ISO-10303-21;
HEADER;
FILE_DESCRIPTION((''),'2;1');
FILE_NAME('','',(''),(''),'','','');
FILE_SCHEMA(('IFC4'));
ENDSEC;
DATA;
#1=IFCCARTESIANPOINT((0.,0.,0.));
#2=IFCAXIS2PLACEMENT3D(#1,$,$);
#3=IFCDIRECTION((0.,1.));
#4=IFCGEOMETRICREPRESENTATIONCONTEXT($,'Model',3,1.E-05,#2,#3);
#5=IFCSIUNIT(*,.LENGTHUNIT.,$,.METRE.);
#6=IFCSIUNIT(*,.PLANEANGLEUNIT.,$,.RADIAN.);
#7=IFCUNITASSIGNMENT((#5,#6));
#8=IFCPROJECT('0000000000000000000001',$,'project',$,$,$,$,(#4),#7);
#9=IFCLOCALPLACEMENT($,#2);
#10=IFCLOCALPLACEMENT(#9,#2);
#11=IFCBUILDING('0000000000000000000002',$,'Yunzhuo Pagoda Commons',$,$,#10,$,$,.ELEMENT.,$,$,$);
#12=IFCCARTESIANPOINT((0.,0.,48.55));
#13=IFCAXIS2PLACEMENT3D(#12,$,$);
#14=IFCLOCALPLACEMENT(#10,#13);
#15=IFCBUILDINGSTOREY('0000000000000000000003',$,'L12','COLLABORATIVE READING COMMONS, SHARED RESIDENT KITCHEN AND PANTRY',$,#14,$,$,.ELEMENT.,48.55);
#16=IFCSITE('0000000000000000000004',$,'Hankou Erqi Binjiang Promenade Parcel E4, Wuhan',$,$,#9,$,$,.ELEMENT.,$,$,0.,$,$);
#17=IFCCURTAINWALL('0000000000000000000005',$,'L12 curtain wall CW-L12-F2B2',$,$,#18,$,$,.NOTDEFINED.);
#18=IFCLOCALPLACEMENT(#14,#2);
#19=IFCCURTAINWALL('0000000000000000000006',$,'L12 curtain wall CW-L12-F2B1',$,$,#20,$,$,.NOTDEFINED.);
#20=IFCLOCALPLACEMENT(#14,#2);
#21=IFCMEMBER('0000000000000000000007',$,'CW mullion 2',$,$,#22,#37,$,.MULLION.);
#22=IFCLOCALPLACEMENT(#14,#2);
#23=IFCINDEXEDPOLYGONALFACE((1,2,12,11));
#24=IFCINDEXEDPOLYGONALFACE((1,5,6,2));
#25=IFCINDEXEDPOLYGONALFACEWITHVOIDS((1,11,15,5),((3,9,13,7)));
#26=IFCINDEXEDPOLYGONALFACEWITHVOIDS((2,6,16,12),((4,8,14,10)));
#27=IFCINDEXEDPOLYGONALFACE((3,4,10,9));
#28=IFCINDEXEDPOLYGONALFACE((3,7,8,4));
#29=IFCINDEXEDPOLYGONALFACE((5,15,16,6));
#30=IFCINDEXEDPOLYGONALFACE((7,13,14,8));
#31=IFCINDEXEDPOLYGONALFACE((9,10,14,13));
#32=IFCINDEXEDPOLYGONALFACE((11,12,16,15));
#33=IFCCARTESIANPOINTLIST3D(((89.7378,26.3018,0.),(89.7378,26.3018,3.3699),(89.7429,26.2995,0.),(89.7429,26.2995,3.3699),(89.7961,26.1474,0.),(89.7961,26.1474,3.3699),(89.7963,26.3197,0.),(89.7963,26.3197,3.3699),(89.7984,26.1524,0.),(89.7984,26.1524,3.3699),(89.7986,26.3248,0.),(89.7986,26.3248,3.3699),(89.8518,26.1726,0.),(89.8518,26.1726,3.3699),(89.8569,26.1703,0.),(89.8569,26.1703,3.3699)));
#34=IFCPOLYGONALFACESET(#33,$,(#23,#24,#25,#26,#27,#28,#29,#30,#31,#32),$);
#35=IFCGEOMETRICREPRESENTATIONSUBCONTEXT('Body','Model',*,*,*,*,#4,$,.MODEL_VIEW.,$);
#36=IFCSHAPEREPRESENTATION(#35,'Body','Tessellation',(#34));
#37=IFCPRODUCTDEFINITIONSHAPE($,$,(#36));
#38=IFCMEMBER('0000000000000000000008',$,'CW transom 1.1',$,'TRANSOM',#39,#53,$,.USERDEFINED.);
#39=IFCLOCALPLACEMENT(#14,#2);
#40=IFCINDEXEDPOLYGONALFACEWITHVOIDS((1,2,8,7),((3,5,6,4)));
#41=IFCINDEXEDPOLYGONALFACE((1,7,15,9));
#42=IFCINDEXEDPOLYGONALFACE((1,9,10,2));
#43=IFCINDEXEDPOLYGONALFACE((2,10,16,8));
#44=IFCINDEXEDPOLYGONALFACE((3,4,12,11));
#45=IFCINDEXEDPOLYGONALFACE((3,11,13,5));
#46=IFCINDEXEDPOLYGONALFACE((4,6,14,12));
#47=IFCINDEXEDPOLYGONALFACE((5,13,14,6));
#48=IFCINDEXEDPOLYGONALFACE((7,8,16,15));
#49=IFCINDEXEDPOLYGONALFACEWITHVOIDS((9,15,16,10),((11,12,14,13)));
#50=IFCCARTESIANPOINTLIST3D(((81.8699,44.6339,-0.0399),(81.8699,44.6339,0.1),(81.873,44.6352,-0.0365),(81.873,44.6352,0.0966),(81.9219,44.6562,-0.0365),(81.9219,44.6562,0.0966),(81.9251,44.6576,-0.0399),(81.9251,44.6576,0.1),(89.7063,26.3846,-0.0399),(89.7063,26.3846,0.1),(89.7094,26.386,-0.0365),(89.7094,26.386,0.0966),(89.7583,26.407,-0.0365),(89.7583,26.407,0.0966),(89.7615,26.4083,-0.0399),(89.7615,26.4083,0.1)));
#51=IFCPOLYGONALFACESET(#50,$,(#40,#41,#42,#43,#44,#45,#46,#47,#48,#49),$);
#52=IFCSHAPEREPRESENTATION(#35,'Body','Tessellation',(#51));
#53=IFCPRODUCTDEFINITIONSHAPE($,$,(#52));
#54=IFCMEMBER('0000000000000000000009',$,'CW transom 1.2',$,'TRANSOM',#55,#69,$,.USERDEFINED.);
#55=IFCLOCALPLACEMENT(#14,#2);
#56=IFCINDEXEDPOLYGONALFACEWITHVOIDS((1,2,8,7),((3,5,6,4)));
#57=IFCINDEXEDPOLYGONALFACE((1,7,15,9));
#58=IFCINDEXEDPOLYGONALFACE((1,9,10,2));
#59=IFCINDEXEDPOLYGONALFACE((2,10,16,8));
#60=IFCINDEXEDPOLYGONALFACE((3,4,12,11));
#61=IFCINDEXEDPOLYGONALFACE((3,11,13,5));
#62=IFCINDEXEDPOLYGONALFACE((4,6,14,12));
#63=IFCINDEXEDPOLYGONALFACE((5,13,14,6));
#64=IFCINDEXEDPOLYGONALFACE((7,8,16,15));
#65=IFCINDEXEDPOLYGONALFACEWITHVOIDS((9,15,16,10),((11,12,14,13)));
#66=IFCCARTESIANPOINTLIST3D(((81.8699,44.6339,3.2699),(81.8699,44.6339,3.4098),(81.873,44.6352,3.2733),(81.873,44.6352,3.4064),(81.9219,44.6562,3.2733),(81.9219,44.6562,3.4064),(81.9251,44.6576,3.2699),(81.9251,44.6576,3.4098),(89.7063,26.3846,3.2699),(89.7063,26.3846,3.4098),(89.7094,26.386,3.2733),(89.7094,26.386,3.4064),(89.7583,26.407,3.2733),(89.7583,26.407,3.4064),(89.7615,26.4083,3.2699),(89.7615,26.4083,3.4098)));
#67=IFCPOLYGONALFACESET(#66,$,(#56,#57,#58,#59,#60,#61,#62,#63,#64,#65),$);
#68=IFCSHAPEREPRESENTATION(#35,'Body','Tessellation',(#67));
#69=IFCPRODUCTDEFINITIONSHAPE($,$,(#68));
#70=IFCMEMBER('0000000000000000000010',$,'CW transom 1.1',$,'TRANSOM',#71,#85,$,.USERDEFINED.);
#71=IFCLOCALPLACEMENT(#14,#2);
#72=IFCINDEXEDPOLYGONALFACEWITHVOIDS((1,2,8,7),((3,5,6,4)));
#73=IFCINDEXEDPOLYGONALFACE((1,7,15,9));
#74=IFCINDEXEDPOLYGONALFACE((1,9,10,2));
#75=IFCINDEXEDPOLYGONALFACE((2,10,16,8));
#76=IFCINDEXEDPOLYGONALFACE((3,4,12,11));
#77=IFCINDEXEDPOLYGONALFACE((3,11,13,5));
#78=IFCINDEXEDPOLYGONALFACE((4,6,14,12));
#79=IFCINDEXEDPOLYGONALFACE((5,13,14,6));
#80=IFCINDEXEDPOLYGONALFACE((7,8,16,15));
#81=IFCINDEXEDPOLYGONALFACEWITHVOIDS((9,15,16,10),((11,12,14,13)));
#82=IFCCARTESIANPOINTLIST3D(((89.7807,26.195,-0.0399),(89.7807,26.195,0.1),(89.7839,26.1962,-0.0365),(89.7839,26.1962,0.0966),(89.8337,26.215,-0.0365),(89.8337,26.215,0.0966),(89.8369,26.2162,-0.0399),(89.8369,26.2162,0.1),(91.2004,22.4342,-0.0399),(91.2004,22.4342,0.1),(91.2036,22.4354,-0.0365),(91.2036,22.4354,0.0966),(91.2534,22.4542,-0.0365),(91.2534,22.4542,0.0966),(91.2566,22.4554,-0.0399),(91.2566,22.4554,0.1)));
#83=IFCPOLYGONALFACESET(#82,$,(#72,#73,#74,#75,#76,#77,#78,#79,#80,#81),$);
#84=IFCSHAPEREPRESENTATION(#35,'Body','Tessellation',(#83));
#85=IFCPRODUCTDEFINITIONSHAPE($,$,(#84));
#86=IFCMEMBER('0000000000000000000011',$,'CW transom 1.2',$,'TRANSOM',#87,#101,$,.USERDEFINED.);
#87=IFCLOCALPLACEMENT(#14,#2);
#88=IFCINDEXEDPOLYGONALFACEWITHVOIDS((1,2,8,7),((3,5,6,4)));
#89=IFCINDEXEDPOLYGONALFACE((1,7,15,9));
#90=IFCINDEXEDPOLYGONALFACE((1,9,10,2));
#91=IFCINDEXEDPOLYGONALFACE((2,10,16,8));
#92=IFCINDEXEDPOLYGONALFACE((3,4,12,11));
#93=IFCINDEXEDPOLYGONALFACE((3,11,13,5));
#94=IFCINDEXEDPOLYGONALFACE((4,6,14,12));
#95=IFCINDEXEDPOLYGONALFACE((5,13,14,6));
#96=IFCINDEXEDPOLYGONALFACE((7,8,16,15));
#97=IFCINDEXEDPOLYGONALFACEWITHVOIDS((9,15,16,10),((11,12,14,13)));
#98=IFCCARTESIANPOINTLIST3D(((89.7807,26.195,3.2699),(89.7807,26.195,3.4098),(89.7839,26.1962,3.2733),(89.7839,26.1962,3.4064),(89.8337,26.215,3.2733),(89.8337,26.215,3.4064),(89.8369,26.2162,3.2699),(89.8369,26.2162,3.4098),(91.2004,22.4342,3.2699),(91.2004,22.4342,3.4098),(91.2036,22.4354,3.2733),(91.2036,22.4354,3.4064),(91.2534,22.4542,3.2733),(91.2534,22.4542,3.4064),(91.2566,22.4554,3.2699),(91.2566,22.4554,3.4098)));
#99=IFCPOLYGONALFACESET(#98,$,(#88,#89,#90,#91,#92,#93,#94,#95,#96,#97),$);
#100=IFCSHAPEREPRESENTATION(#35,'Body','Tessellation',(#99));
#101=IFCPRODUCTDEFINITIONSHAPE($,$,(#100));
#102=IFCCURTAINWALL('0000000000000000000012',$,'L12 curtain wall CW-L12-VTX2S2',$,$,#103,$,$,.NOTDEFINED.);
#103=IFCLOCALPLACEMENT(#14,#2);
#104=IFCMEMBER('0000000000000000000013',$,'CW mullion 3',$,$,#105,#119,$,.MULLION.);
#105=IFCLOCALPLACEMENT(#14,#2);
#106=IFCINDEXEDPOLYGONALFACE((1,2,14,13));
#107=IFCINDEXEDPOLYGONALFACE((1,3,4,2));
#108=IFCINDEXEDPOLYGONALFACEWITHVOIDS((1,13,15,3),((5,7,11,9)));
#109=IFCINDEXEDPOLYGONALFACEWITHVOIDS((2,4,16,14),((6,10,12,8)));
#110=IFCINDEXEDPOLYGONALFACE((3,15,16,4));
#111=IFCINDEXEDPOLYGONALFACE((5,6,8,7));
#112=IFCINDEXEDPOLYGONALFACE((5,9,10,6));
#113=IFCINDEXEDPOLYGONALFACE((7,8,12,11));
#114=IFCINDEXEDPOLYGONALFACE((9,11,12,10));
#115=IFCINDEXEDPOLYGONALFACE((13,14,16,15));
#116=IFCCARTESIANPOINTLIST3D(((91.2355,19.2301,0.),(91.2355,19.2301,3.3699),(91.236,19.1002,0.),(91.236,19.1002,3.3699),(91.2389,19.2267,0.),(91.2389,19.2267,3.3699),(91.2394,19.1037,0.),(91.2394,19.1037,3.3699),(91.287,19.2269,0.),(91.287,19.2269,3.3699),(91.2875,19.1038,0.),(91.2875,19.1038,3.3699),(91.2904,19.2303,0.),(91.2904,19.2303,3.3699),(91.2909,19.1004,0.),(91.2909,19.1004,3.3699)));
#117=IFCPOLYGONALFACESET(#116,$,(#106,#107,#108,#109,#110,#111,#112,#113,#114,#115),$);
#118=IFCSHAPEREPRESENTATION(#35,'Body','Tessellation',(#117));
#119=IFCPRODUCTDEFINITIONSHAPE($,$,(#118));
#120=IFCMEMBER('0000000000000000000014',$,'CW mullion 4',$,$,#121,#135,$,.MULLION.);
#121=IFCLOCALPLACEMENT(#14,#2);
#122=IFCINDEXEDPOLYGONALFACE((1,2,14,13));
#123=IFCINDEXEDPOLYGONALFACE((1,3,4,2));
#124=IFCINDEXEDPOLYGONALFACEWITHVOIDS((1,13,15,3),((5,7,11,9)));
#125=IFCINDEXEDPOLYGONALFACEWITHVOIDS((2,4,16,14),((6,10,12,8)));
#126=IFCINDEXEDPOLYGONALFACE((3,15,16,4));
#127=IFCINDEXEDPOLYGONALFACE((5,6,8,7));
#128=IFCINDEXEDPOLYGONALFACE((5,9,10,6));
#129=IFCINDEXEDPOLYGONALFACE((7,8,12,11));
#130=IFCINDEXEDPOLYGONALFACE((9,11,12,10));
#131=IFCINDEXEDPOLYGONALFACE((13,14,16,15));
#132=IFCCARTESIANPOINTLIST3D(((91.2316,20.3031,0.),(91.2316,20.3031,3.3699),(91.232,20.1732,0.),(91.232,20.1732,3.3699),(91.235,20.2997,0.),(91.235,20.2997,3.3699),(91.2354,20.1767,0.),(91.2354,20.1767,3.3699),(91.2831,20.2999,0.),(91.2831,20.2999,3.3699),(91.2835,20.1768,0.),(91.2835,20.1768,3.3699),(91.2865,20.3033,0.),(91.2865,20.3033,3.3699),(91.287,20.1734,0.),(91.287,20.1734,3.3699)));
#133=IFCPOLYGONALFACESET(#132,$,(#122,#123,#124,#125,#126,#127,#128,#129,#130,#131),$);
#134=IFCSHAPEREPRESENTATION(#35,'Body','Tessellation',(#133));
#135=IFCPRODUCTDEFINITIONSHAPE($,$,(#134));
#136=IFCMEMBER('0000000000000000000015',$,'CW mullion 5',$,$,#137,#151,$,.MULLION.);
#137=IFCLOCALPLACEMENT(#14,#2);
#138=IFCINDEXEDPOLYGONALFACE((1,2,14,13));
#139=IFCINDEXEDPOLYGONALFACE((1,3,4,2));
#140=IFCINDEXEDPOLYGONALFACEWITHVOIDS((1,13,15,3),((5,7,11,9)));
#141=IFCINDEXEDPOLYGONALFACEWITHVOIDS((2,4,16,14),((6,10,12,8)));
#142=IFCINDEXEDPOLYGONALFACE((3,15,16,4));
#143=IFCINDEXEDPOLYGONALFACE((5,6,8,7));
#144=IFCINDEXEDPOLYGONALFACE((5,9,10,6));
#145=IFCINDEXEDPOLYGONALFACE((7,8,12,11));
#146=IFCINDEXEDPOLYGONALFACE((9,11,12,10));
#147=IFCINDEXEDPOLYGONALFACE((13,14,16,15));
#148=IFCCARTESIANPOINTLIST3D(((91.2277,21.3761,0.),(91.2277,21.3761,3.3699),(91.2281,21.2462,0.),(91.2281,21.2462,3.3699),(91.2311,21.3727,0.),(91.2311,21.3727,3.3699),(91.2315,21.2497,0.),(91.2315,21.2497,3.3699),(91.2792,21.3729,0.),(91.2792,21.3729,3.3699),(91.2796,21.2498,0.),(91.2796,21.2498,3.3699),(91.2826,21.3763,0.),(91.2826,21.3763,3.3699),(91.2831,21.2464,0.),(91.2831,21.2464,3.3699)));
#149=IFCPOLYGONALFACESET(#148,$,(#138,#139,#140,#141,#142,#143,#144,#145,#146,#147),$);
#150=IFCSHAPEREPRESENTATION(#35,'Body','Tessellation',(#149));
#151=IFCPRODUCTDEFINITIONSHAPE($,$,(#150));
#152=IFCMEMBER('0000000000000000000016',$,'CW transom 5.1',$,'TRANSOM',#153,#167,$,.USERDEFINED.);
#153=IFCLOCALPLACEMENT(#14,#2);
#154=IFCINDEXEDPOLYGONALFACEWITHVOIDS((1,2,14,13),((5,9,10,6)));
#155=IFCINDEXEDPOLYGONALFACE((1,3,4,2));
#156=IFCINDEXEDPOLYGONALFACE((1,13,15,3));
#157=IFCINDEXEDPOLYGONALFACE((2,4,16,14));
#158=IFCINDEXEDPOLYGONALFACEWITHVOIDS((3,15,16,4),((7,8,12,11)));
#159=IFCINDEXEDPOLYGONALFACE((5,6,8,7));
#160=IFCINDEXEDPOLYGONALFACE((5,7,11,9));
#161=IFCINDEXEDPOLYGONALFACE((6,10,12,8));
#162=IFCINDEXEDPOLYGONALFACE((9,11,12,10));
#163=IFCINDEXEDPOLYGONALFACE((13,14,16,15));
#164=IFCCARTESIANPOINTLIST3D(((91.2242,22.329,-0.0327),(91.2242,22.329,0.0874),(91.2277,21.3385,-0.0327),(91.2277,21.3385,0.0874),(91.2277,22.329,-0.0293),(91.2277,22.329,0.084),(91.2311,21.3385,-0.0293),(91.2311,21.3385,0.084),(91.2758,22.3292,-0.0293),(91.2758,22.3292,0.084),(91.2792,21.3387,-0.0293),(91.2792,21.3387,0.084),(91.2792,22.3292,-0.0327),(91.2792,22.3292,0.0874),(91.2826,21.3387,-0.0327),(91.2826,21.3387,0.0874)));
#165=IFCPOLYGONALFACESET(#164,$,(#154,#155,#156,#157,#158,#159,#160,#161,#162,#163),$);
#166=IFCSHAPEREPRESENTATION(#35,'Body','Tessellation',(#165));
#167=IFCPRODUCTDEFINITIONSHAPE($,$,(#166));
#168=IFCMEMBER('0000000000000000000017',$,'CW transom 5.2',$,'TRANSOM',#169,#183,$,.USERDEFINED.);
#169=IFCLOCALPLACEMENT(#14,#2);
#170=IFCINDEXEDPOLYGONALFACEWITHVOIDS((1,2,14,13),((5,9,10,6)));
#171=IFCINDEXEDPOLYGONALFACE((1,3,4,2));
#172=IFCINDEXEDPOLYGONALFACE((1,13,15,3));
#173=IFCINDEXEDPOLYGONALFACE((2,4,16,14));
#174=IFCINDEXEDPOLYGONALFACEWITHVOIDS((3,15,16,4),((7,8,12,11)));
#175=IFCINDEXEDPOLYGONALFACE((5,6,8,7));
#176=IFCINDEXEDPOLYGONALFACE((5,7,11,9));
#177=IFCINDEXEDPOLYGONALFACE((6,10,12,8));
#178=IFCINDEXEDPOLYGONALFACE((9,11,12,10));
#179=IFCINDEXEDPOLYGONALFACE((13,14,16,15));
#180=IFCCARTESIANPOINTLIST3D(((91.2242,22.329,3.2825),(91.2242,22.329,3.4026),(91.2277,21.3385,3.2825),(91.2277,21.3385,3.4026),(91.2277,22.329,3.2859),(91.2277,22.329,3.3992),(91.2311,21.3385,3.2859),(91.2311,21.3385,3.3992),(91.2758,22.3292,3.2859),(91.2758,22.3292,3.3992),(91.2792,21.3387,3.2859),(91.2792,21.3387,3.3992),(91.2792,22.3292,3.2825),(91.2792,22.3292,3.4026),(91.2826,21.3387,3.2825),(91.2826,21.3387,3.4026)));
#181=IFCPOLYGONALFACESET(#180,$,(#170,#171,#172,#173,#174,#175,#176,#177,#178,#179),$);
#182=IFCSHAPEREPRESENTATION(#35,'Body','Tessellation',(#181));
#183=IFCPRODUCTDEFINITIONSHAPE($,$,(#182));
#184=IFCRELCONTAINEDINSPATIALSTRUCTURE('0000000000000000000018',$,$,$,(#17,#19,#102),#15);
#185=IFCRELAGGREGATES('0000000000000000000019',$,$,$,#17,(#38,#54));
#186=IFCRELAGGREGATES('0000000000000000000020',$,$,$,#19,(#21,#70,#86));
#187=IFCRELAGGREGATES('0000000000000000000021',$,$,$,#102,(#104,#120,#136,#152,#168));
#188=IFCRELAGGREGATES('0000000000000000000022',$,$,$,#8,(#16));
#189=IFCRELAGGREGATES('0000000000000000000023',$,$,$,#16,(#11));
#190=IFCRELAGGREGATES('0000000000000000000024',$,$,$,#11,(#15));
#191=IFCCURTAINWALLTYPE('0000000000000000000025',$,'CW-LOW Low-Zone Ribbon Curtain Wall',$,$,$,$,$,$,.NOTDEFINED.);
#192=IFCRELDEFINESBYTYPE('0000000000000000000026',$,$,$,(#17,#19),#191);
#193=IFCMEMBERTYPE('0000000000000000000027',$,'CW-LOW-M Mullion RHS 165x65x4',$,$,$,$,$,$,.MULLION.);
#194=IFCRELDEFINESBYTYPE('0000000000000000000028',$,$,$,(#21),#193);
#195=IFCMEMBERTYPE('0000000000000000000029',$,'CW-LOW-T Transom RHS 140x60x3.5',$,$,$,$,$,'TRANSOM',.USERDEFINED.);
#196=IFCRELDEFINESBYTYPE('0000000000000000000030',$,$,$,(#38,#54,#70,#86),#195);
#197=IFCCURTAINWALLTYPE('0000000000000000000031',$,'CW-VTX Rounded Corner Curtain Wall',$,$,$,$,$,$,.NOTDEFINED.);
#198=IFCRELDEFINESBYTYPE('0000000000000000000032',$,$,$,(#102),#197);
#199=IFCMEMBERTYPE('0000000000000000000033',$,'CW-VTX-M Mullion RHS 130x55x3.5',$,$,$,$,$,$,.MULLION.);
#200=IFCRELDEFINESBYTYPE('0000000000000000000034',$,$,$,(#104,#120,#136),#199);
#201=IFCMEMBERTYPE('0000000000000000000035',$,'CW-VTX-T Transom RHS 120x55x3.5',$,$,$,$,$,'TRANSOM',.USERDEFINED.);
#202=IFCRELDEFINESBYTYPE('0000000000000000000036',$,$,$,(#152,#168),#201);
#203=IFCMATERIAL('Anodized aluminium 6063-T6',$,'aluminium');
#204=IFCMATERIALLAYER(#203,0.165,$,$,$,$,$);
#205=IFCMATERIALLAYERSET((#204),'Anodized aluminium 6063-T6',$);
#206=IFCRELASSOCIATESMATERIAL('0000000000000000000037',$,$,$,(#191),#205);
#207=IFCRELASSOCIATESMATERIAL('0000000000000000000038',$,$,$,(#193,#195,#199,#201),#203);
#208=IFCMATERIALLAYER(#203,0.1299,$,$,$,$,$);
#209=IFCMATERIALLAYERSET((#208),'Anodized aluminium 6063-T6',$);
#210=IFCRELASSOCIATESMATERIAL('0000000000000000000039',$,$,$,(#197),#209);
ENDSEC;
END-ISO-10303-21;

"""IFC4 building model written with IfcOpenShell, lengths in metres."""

from ifc_helpers import new_model, si_unit, direction, frame, origin, origin_2d, place, context, subcontext, project, spatial, hollow_rectangle, extrude, source, transform, mapped, material, layer, layer_set, material_profile, profile_set, type_object, element, aggregate, save


model = new_model("IFC4")

# Units and contexts
model_context = context("Model", 3, precision=1e-05, world=origin(), true_north=direction((0.0, 1.0)))
body_context = subcontext(model_context, "Body", "Model", "MODEL_VIEW")
ifc_project = project(units=[si_unit("LENGTHUNIT", "METRE"), si_unit("PLANEANGLEUNIT", "RADIAN")], contexts=[model_context])

# Site, building, storey
site_placement = place(None, origin())
site = spatial("IfcSite", under=ifc_project, at=site_placement, Name="Hankou Erqi Binjiang Promenade Parcel E4, Wuhan", CompositionType="ELEMENT", RefElevation=0.0)
building_placement = place(site_placement, origin())
building = spatial("IfcBuilding", under=site, at=building_placement, Name="Yunzhuo Pagoda Commons", CompositionType="ELEMENT")
storey_placement = place(building_placement, frame((0.0, 0.0, 48.55)))
storey = spatial("IfcBuildingStorey", under=building, at=storey_placement, Name="L12", Description="COLLABORATIVE READING COMMONS, SHARED RESIDENT KITCHEN AND PANTRY", CompositionType="ELEMENT", Elevation=48.55)

# Curtain wall
ifc_material_1 = material(Name="Anodized aluminium 6063-T6", Category="aluminium")
ifc_layer_1 = layer(ifc_material_1, 0.165)
ifc_layer_set_1 = layer_set([ifc_layer_1], Name="Anodized aluminium 6063-T6")
curtain_wall_type_1 = type_object("IfcCurtainWallType", Name="CW-LOW Low-Zone Ribbon Curtain Wall", PredefinedType="NOTDEFINED", material=ifc_layer_set_1)
curtain_wall_1_placement = place(storey_placement, origin())
curtain_wall_1 = element("IfcCurtainWall", 1, at=curtain_wall_1_placement, inside=storey, type_object=curtain_wall_type_1, Name="L12 curtain wall CW-L12-F2B2", PredefinedType="NOTDEFINED")
ifc_material_profile_1 = material_profile(ifc_material_1, hollow_rectangle(XDim=0.0649, YDim=0.165, WallThickness=0.0039, at=origin_2d()), Name="Anodized aluminium 6063-T6")
ifc_profile_set_1 = profile_set([ifc_material_profile_1], Name="Anodized aluminium 6063-T6")
member_type_1 = type_object("IfcMemberType", Name="CW-LOW-M Mullion RHS 165x65x4", PredefinedType="MULLION", material=ifc_profile_set_1)
shared_shape_1 = source(origin(), body_context, "Body", "SweptSolid", [
    extrude(hollow_rectangle(XDim=0.0649, YDim=0.165, WallThickness=0.0039, at=origin_2d()), origin(), (0.0, 0.0, 1.0), 3.3699),
])

# Curtain wall, member
curtain_wall_2_placement = place(storey_placement, origin())
curtain_wall_2 = element("IfcCurtainWall", 2, at=curtain_wall_2_placement, inside=storey, type_object=curtain_wall_type_1, Name="L12 curtain wall CW-L12-F2B1", PredefinedType="NOTDEFINED")
member_1_placement = place(storey_placement, frame((89.7974, 26.2361, 0.0), z_axis=(0.0, 0.0, 1.0), x_axis=(-0.935566, -0.353151, 0.0)))
member_1 = element("IfcMember", 3, at=member_1_placement, type_object=member_type_1, Name="CW mullion 2", PredefinedType="MULLION", context=body_context, shape_type="MappedRepresentation", body=[
    mapped(shared_shape_1, transform((0.0, 0.0, 0.0), scale=1.0)),
])

# Members
ifc_material_profile_2 = material_profile(ifc_material_1, hollow_rectangle(XDim=0.0601, YDim=0.1399, WallThickness=0.0034, at=origin_2d()), Name="Anodized aluminium 6063-T6")
ifc_profile_set_2 = profile_set([ifc_material_profile_2], Name="Anodized aluminium 6063-T6")
member_type_2 = type_object("IfcMemberType", Name="CW-LOW-T Transom RHS 140x60x3.5", ElementType="TRANSOM", PredefinedType="USERDEFINED", material=ifc_profile_set_2)
shared_shape_2 = source(origin(), body_context, "Body", "SweptSolid", [
    extrude(hollow_rectangle(XDim=0.0601, YDim=0.1399, WallThickness=0.0034, at=origin_2d()), origin(), (0.0, 0.0, 1.0), 19.8606),
])
member_2_placement = place(storey_placement, frame((89.7339, 26.3965, 0.03), z_axis=(-0.39457, 0.918866, 0.0), x_axis=(-0.918866, -0.39457, 0.0)))
member_2 = element("IfcMember", 4, at=member_2_placement, type_object=member_type_2, Name="CW transom 1.1", ObjectType="TRANSOM", PredefinedType="USERDEFINED", context=body_context, shape_type="MappedRepresentation", body=[
    mapped(shared_shape_2, transform((0.0, 0.0, 0.0), scale=1.0)),
])
member_3_placement = place(storey_placement, frame((89.7339, 26.3965, 3.3398), z_axis=(-0.39457, 0.918866, 0.0), x_axis=(-0.918866, -0.39457, 0.0)))
member_3 = element("IfcMember", 5, at=member_3_placement, type_object=member_type_2, Name="CW transom 1.2", ObjectType="TRANSOM", PredefinedType="USERDEFINED", context=body_context, shape_type="MappedRepresentation", body=[
    mapped(shared_shape_2, transform((0.0, 0.0, 0.0), scale=1.0)),
])
shared_shape_3 = source(origin(), body_context, "Body", "SweptSolid", [
    extrude(hollow_rectangle(XDim=0.0601, YDim=0.1399, WallThickness=0.0034, at=origin_2d()), origin(), (0.0, 0.0, 1.0), 4.0198),
])
member_4_placement = place(storey_placement, frame((91.2285, 22.4448, 0.03), z_axis=(-0.353173, 0.935558, 0.0), x_axis=(-0.935558, -0.353173, 0.0)))
member_4 = element("IfcMember", 6, at=member_4_placement, type_object=member_type_2, Name="CW transom 1.1", ObjectType="TRANSOM", PredefinedType="USERDEFINED", context=body_context, shape_type="MappedRepresentation", body=[
    mapped(shared_shape_3, transform((0.0, 0.0, 0.0), scale=1.0)),
])
member_5_placement = place(storey_placement, frame((91.2285, 22.4448, 3.3398), z_axis=(-0.353173, 0.935558, 0.0), x_axis=(-0.935558, -0.353173, 0.0)))
member_5 = element("IfcMember", 7, at=member_5_placement, type_object=member_type_2, Name="CW transom 1.2", ObjectType="TRANSOM", PredefinedType="USERDEFINED", context=body_context, shape_type="MappedRepresentation", body=[
    mapped(shared_shape_3, transform((0.0, 0.0, 0.0), scale=1.0)),
])

# Curtain wall, members
ifc_layer_2 = layer(ifc_material_1, 0.1299)
ifc_layer_set_2 = layer_set([ifc_layer_2], Name="Anodized aluminium 6063-T6")
curtain_wall_type_2 = type_object("IfcCurtainWallType", Name="CW-VTX Rounded Corner Curtain Wall", PredefinedType="NOTDEFINED", material=ifc_layer_set_2)
curtain_wall_3_placement = place(storey_placement, origin())
curtain_wall_3 = element("IfcCurtainWall", 8, at=curtain_wall_3_placement, inside=storey, type_object=curtain_wall_type_2, Name="L12 curtain wall CW-L12-VTX2S2", PredefinedType="NOTDEFINED")
ifc_material_profile_3 = material_profile(ifc_material_1, hollow_rectangle(XDim=0.0549, YDim=0.1299, WallThickness=0.0034, at=origin_2d()), Name="Anodized aluminium 6063-T6")
ifc_profile_set_3 = profile_set([ifc_material_profile_3], Name="Anodized aluminium 6063-T6")
member_type_3 = type_object("IfcMemberType", Name="CW-VTX-M Mullion RHS 130x55x3.5", PredefinedType="MULLION", material=ifc_profile_set_3)
shared_shape_4 = source(origin(), body_context, "Body", "SweptSolid", [
    extrude(hollow_rectangle(XDim=0.0549, YDim=0.1299, WallThickness=0.0034, at=origin_2d()), origin(), (0.0, 0.0, 1.0), 3.3699),
])
member_6_placement = place(storey_placement, frame((91.2632, 19.1653, 0.0), z_axis=(0.0, 0.0, 1.0), x_axis=(-0.999994, -0.003579, 0.0)))
member_6 = element("IfcMember", 9, at=member_6_placement, type_object=member_type_3, Name="CW mullion 3", PredefinedType="MULLION", context=body_context, shape_type="MappedRepresentation", body=[
    mapped(shared_shape_4, transform((0.0, 0.0, 0.0), scale=1.0)),
])
member_7_placement = place(storey_placement, frame((91.2593, 20.2383, 0.0), z_axis=(0.0, 0.0, 1.0), x_axis=(-0.999994, -0.003579, 0.0)))
member_7 = element("IfcMember", 10, at=member_7_placement, type_object=member_type_3, Name="CW mullion 4", PredefinedType="MULLION", context=body_context, shape_type="MappedRepresentation", body=[
    mapped(shared_shape_4, transform((0.0, 0.0, 0.0), scale=1.0)),
])
member_8_placement = place(storey_placement, frame((91.2554, 21.3113, 0.0), z_axis=(0.0, 0.0, 1.0), x_axis=(-0.999994, -0.003579, 0.0)))
member_8 = element("IfcMember", 11, at=member_8_placement, type_object=member_type_3, Name="CW mullion 5", PredefinedType="MULLION", context=body_context, shape_type="MappedRepresentation", body=[
    mapped(shared_shape_4, transform((0.0, 0.0, 0.0), scale=1.0)),
])
ifc_material_profile_4 = material_profile(ifc_material_1, hollow_rectangle(XDim=0.0549, YDim=0.1201, WallThickness=0.0034, at=origin_2d()), Name="Anodized aluminium 6063-T6")
ifc_profile_set_4 = profile_set([ifc_material_profile_4], Name="Anodized aluminium 6063-T6")
member_type_4 = type_object("IfcMemberType", Name="CW-VTX-T Transom RHS 120x55x3.5", ElementType="TRANSOM", PredefinedType="USERDEFINED", material=ifc_profile_set_4)
shared_shape_5 = source(origin(), body_context, "Body", "SweptSolid", [
    extrude(hollow_rectangle(XDim=0.0549, YDim=0.1201, WallThickness=0.0034, at=origin_2d()), origin(), (0.0, 0.0, 1.0), 0.9905),
])
member_9_placement = place(storey_placement, frame((91.2551, 21.3386, 0.0273), z_axis=(-0.003451, 0.999994, 0.0), x_axis=(-0.999994, -0.003451, 0.0)))
member_9 = element("IfcMember", 12, at=member_9_placement, type_object=member_type_4, Name="CW transom 5.1", ObjectType="TRANSOM", PredefinedType="USERDEFINED", context=body_context, shape_type="MappedRepresentation", body=[
    mapped(shared_shape_5, transform((0.0, 0.0, 0.0), scale=1.0)),
])
member_10_placement = place(storey_placement, frame((91.2551, 21.3386, 3.3425), z_axis=(-0.003451, 0.999994, 0.0), x_axis=(-0.999994, -0.003451, 0.0)))
member_10 = element("IfcMember", 13, at=member_10_placement, type_object=member_type_4, Name="CW transom 5.2", ObjectType="TRANSOM", PredefinedType="USERDEFINED", context=body_context, shape_type="MappedRepresentation", body=[
    mapped(shared_shape_5, transform((0.0, 0.0, 0.0), scale=1.0)),
])

aggregate(curtain_wall_1, [member_2, member_3])

aggregate(curtain_wall_2, [member_1, member_4, member_5])
aggregate(curtain_wall_3, [member_6, member_7, member_8, member_9, member_10])

save(model, "model.ifc")
